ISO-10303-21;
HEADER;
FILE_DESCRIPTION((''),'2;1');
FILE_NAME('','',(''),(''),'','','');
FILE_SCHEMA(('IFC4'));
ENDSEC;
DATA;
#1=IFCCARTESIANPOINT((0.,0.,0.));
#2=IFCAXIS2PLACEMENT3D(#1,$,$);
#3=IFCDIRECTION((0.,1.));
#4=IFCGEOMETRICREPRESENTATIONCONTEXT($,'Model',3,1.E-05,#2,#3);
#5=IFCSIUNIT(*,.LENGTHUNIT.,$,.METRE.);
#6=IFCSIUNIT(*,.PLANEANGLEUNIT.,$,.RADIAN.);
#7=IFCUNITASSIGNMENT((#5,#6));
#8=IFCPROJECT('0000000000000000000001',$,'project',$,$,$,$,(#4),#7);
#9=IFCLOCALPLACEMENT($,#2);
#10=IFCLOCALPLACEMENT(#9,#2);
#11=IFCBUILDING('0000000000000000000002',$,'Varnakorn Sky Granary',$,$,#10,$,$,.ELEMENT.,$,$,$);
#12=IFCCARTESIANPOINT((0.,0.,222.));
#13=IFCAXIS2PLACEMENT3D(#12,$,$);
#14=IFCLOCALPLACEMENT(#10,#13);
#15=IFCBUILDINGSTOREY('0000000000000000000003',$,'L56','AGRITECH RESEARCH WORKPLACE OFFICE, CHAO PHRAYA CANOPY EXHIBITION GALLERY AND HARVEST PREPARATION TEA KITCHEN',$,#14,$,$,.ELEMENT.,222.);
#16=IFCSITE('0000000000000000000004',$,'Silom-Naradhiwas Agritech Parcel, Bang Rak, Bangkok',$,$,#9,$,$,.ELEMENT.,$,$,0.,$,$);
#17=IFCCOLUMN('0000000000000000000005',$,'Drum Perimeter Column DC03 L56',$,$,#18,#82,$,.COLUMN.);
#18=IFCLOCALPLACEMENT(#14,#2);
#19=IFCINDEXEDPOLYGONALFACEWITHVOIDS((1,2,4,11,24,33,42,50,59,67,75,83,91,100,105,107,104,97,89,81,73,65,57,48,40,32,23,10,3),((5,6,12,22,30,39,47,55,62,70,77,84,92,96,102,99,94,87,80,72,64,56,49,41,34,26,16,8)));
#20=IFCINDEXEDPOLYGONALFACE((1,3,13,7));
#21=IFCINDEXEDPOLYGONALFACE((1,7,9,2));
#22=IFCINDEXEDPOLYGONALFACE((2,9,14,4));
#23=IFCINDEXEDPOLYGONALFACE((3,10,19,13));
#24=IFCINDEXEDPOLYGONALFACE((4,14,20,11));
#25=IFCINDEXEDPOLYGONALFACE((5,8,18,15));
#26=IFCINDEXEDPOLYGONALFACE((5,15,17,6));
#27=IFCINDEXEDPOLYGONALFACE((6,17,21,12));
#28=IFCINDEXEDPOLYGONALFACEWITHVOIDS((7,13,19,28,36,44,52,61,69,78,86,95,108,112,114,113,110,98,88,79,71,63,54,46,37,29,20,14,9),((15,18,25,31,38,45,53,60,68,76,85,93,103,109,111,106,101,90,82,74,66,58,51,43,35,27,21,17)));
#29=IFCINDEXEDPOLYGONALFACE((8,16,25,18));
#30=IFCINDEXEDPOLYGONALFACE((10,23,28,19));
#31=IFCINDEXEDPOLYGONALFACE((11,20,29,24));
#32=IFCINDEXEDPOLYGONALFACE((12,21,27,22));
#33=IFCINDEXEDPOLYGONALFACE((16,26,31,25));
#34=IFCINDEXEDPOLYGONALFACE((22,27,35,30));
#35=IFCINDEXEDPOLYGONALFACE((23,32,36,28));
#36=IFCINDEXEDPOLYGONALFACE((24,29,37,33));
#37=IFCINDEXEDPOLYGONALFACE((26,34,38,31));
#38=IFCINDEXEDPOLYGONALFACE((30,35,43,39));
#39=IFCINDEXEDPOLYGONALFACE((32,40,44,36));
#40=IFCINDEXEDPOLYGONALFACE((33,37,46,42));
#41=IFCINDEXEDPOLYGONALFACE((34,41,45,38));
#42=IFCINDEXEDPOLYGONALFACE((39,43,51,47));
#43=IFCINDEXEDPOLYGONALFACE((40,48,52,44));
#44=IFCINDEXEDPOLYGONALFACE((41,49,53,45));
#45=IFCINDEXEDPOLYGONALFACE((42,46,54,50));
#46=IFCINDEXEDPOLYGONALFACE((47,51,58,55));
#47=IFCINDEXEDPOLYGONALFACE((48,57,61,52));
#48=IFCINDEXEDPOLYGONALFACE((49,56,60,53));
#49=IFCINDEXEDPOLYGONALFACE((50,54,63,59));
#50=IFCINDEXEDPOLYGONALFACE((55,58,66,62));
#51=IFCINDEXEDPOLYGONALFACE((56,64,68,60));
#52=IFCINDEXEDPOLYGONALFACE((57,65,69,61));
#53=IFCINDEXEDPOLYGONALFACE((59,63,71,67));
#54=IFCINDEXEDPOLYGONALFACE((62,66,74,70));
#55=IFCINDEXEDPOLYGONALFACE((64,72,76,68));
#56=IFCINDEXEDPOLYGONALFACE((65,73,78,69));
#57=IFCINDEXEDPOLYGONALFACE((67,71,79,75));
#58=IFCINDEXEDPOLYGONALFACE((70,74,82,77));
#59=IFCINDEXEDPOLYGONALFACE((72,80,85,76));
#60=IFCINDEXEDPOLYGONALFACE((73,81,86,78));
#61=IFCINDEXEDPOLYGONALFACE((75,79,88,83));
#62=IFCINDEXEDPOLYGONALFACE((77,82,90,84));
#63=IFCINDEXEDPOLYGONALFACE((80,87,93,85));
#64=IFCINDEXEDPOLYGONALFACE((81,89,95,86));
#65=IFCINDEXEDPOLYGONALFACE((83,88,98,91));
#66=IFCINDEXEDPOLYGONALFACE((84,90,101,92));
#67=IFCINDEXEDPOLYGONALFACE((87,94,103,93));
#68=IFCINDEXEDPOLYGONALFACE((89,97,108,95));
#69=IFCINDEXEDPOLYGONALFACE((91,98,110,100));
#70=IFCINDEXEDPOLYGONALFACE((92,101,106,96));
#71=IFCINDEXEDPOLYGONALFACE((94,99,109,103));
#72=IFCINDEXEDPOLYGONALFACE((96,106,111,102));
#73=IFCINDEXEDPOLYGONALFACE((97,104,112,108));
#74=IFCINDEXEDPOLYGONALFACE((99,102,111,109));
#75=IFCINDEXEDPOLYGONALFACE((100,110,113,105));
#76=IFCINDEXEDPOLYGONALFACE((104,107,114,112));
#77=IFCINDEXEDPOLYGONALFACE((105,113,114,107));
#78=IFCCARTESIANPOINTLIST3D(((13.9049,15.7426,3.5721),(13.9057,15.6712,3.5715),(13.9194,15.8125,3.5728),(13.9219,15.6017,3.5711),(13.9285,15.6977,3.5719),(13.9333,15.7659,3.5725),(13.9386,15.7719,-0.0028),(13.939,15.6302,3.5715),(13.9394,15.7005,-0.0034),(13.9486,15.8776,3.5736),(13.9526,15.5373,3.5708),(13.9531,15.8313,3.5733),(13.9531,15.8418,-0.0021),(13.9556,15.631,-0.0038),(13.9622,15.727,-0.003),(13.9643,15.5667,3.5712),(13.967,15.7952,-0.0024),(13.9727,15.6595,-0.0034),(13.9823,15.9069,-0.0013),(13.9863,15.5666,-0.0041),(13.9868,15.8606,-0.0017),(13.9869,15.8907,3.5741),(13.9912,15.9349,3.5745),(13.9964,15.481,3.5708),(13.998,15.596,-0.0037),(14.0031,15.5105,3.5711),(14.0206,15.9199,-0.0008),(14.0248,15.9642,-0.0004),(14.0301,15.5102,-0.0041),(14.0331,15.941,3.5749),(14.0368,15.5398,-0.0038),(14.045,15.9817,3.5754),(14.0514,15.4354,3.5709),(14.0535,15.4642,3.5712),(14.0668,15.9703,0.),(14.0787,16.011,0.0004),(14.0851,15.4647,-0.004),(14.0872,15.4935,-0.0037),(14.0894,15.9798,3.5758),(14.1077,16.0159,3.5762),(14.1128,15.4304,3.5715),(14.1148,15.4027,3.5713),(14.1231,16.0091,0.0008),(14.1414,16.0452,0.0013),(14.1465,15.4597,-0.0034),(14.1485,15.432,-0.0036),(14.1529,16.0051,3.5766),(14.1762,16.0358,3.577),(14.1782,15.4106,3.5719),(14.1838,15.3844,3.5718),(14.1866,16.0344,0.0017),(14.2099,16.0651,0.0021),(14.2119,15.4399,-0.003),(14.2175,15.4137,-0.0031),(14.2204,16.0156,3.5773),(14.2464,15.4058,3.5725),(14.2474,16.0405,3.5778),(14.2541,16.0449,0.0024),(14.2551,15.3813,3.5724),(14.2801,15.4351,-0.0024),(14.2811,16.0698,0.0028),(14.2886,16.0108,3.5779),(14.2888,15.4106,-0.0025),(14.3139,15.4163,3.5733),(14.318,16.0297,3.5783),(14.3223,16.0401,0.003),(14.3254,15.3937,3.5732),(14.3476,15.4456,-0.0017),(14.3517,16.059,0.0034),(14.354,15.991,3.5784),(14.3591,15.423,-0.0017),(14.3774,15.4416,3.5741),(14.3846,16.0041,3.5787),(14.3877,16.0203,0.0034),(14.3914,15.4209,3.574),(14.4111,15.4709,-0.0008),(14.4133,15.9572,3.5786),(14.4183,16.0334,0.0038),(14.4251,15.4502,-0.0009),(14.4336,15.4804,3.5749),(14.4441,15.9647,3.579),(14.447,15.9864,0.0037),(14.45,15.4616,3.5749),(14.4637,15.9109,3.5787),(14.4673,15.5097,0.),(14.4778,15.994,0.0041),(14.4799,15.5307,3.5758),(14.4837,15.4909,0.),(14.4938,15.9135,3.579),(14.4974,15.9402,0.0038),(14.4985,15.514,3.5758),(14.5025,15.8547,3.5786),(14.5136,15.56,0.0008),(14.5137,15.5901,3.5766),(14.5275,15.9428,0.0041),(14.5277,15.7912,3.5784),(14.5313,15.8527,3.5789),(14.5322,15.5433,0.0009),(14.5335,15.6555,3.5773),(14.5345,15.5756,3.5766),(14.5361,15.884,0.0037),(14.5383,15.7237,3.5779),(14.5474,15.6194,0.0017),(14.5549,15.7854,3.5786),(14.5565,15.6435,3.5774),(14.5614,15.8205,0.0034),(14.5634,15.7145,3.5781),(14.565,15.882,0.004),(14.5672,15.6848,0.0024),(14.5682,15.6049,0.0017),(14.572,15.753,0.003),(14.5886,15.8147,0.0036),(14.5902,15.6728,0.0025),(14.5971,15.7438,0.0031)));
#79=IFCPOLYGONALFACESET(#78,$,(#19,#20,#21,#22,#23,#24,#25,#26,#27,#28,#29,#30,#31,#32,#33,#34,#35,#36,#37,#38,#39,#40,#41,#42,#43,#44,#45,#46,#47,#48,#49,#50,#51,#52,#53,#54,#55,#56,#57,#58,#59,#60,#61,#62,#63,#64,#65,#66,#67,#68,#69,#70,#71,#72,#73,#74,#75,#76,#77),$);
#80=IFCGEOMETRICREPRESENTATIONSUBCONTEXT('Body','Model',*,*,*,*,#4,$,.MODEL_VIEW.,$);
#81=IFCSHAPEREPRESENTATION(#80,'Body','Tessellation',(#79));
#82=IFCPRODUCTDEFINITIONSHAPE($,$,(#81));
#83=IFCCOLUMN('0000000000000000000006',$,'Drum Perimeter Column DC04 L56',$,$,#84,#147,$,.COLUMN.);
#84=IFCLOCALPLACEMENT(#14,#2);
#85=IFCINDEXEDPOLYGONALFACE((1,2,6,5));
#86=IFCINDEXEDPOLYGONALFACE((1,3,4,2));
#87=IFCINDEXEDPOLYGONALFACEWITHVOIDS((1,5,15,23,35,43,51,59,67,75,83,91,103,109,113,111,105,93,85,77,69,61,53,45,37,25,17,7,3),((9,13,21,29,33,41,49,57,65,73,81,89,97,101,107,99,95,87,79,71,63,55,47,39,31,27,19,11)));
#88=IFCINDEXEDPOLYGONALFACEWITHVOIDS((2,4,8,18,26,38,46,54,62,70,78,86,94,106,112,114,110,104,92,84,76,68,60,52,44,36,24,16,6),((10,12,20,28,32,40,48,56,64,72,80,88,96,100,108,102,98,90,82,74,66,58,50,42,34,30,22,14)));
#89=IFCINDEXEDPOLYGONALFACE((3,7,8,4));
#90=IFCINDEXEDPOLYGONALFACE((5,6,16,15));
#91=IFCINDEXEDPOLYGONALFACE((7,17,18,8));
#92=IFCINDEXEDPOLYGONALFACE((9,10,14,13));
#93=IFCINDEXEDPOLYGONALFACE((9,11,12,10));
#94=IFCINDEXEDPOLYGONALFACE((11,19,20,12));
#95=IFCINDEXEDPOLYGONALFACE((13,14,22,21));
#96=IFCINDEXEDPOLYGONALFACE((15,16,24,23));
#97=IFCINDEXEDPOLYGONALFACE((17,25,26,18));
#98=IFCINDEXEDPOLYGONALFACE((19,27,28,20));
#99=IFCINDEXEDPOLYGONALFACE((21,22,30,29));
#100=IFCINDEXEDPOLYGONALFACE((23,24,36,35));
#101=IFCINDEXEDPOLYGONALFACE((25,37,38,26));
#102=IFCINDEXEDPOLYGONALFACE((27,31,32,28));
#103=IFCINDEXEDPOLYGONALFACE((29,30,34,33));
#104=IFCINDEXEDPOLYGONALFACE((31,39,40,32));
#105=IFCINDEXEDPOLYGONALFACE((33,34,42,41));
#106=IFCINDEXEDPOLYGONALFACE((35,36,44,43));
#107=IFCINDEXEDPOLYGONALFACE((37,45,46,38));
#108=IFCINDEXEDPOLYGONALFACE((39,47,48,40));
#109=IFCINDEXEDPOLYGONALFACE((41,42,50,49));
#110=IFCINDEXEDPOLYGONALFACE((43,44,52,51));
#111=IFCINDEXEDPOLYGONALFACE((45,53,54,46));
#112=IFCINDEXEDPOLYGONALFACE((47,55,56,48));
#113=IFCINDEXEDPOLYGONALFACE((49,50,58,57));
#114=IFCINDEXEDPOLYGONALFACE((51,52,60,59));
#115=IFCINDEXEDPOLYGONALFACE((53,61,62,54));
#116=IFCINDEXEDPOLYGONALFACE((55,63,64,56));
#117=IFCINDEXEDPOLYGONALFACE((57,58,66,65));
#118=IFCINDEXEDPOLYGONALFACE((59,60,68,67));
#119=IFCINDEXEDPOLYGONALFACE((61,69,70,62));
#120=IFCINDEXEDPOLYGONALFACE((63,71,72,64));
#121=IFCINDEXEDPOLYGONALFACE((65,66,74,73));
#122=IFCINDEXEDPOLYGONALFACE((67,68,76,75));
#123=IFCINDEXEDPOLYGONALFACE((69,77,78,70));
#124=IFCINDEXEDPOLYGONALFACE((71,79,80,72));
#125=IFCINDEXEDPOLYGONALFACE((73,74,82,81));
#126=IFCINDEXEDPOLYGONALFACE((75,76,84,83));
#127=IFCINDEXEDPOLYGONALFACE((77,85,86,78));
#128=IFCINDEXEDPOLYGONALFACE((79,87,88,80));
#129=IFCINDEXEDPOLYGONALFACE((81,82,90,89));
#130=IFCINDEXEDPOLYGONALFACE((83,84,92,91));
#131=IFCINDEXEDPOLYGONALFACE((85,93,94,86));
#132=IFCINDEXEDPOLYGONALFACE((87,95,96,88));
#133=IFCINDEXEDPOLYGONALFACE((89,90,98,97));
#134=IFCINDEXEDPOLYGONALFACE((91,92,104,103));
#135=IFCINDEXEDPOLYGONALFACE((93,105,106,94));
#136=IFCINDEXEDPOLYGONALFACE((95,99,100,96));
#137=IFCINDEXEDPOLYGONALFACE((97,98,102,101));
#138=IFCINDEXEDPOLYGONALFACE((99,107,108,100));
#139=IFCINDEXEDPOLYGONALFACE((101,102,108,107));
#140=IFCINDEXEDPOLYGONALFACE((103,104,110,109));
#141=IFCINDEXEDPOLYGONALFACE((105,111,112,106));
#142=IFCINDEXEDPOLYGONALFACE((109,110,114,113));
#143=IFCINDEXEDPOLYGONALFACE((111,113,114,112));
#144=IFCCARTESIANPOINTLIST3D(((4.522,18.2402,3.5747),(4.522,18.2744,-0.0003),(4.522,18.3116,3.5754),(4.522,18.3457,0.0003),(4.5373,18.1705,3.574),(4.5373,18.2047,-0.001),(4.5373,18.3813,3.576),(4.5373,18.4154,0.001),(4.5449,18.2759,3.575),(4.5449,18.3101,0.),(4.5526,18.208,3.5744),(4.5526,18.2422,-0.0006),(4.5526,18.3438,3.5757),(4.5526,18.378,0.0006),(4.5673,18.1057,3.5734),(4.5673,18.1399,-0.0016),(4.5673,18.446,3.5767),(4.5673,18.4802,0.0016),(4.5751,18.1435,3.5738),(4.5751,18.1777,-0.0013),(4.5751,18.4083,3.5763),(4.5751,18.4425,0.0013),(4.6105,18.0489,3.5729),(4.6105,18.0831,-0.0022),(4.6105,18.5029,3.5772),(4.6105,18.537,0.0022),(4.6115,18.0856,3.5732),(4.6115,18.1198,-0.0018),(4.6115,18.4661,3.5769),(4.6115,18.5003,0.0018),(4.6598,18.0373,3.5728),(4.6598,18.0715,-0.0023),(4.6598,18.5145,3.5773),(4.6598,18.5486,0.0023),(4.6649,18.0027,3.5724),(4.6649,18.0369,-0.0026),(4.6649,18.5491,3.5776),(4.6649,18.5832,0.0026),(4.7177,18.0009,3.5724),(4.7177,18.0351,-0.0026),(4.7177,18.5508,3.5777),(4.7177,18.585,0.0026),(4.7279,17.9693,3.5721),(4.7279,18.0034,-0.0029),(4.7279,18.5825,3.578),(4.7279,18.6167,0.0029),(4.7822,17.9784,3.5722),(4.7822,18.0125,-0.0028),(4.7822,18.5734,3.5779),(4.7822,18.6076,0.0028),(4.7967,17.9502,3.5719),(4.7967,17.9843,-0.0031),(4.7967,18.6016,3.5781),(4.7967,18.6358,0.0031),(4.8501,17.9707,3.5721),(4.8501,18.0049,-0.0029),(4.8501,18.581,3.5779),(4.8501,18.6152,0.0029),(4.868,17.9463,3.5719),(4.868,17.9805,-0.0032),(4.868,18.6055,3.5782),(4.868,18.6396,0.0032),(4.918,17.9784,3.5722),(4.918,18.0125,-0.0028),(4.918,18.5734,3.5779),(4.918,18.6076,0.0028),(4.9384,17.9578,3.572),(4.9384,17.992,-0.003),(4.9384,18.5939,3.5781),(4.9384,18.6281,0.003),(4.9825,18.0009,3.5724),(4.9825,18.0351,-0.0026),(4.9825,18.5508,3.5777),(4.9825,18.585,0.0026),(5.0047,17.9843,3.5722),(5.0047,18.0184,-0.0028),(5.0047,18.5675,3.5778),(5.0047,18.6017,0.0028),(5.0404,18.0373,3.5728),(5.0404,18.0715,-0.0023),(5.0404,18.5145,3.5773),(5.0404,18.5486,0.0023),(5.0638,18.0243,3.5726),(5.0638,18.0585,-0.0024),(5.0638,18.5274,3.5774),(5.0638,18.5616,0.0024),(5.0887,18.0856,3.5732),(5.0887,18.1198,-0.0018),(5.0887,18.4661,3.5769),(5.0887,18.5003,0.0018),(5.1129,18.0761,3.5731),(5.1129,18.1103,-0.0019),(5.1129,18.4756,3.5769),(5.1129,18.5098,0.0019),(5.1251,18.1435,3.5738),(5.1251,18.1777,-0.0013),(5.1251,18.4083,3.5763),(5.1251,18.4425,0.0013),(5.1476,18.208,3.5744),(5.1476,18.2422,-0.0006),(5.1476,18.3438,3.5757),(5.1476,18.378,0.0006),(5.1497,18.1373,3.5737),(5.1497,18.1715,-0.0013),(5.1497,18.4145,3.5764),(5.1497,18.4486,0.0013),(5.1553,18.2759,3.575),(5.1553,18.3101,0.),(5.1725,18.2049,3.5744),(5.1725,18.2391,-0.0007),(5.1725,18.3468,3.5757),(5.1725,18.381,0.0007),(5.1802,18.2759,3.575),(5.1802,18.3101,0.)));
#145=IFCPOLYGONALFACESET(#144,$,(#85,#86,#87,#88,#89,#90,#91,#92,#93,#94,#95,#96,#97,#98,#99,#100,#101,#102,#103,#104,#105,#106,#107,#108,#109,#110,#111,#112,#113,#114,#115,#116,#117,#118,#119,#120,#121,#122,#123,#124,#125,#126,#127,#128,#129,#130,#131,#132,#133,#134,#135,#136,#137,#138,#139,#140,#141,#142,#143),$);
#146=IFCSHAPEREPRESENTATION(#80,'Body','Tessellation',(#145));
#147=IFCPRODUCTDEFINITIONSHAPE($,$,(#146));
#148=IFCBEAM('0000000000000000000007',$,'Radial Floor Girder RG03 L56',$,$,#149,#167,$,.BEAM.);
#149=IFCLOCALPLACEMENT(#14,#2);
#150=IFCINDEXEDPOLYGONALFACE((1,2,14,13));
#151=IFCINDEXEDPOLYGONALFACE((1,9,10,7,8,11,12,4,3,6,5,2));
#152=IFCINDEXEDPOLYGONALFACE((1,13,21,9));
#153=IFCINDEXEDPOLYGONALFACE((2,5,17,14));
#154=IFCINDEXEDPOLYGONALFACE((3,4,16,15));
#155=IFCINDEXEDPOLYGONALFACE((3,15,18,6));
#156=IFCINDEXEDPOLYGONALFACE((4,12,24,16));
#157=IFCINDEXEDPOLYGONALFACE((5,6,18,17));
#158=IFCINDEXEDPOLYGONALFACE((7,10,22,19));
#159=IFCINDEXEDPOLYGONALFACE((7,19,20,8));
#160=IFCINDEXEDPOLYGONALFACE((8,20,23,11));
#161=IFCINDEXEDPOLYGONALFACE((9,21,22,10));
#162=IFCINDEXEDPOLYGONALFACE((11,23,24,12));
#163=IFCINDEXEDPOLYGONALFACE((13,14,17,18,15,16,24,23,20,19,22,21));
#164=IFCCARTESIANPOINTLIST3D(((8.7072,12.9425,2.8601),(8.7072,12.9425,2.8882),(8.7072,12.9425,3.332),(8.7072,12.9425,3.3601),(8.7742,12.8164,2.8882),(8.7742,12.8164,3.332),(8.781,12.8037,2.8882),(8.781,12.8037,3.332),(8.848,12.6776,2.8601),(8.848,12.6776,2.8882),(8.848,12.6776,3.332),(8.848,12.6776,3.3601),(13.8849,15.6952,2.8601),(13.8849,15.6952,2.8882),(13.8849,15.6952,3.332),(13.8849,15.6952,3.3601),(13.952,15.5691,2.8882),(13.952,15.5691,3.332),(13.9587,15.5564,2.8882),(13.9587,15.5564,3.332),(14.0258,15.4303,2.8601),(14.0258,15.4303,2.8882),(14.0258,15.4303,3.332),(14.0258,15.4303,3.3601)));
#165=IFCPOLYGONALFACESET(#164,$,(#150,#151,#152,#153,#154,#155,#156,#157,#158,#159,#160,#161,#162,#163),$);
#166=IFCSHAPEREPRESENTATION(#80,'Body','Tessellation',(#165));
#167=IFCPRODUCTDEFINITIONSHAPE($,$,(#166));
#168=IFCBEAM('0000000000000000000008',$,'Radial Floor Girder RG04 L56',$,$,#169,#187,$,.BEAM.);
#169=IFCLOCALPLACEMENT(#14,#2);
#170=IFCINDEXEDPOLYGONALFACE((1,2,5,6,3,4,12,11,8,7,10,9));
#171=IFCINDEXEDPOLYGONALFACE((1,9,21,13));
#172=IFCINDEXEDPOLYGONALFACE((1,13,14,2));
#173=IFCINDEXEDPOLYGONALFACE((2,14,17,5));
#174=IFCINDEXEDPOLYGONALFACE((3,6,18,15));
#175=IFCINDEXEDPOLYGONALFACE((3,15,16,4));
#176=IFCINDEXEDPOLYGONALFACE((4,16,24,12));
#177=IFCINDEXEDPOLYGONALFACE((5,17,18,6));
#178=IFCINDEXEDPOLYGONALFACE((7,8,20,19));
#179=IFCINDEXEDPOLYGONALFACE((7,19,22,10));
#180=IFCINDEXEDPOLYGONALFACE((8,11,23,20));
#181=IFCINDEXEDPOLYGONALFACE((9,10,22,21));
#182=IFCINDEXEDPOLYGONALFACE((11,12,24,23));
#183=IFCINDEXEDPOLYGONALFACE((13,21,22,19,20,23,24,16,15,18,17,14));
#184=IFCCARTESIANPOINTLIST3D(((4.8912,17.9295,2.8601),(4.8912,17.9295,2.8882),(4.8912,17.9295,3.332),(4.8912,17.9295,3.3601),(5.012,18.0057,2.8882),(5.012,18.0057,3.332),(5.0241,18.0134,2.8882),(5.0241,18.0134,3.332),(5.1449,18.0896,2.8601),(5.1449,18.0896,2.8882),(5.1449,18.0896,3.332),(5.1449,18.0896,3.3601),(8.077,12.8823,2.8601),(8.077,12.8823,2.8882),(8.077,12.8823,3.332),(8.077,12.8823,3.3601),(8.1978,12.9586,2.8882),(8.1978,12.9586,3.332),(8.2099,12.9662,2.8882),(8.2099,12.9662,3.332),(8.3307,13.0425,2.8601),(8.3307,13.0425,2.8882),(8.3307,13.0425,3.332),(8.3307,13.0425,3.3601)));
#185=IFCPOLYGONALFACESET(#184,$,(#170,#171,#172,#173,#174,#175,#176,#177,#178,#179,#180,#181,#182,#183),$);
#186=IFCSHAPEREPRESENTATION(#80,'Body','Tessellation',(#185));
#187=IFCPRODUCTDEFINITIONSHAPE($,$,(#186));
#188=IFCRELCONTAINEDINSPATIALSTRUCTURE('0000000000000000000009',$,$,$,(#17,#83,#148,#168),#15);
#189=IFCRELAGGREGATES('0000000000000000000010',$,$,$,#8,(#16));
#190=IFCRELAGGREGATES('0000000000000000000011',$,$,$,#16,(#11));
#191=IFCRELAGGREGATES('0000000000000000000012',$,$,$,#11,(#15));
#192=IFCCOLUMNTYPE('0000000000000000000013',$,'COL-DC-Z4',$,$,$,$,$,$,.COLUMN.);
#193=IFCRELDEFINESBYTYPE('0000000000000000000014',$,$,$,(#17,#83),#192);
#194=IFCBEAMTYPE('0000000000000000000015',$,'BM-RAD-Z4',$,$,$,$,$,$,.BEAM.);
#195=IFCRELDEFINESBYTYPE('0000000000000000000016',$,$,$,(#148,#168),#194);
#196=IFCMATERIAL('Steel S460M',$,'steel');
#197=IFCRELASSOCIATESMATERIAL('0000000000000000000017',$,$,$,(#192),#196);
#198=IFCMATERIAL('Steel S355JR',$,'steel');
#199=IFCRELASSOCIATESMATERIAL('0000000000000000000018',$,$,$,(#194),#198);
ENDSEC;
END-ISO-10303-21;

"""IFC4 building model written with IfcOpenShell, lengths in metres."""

from ifc_helpers import new_model, si_unit, direction, frame, origin, origin_2d, place, context, subcontext, project, spatial, hollow_circle, i_section, extrude, material, material_profile, profile_set, type_object, element, save


model = new_model("IFC4")

# Units and contexts
model_context = context("Model", 3, precision=1e-05, world=origin(), true_north=direction((0.0, 1.0)))
body_context = subcontext(model_context, "Body", "Model", "MODEL_VIEW")
ifc_project = project(units=[si_unit("LENGTHUNIT", "METRE"), si_unit("PLANEANGLEUNIT", "RADIAN")], contexts=[model_context])

# Site, building, storey
site_placement = place(None, origin())
site = spatial("IfcSite", under=ifc_project, at=site_placement, Name="Silom-Naradhiwas Agritech Parcel, Bang Rak, Bangkok", CompositionType="ELEMENT", RefElevation=0.0)
building_placement = place(site_placement, origin())
building = spatial("IfcBuilding", under=site, at=building_placement, Name="Varnakorn Sky Granary", CompositionType="ELEMENT")
storey_placement = place(building_placement, frame((0.0, 0.0, 222.0)))
storey = spatial("IfcBuildingStorey", under=building, at=storey_placement, Name="L56", Description="AGRITECH RESEARCH WORKPLACE OFFICE, CHAO PHRAYA CANOPY EXHIBITION GALLERY AND HARVEST PREPARATION TEA KITCHEN", CompositionType="ELEMENT", Elevation=222.0)

# Columns
ifc_material_1 = material(Name="Steel S460M", Category="steel")
ifc_material_profile_1 = material_profile(ifc_material_1, hollow_circle(Radius=0.3301, WallThickness=0.0249, at=origin_2d()), Name="CHS 660x25")
ifc_profile_set_1 = profile_set([ifc_material_profile_1], Name="Steel S460M")
column_type = type_object("IfcColumnType", Name="COL-DC-Z4", PredefinedType="COLUMN", material=ifc_profile_set_1)
for number, where, z_axis, x_axis, name in (
    (1, (14.2671, 15.74, 0.0), (-0.009424, -0.008194, 0.999922), (0.656179, -0.754606, 0.0), "Drum Perimeter Column DC03 L56"),
    (2, (4.8501, 18.3101, 0.0), (0.0, -0.00956, 0.999954), (1.0, 0.0, 0.0), "Drum Perimeter Column DC04 L56"),
):
    element("IfcColumn", number, at=place(storey_placement, frame(where, z_axis=z_axis, x_axis=x_axis)), inside=storey, type_object=column_type, Name=name, PredefinedType="COLUMN", context=body_context, shape_type="SweptSolid", body=[
        extrude(hollow_circle(Radius=0.3301, WallThickness=0.0249, at=origin_2d()), origin(), (0.0, 0.0, 1.0), 3.5752),
    ])

# Beams
ifc_material_2 = material(Name="Steel S355JR", Category="steel")
ifc_material_profile_2 = material_profile(ifc_material_2, i_section(OverallWidth=0.3, OverallDepth=0.5, WebThickness=0.0144, FlangeThickness=0.0281, at=origin_2d()), Name="HE 500 B")
ifc_profile_set_2 = profile_set([ifc_material_profile_2], Name="Steel S355JR")
beam_type_1 = type_object("IfcBeamType", Name="BM-RAD-Z4", PredefinedType="BEAM", material=ifc_profile_set_2)
beam_1_placement = place(storey_placement, frame((8.7776, 12.8101, 3.1101), z_axis=(0.882973, 0.469423, 0.0), x_axis=(-0.469423, 0.882973, 0.0)))
element("IfcBeam", 3, at=beam_1_placement, inside=storey, type_object=beam_type_1, Name="Radial Floor Girder RG03 L56", PredefinedType="BEAM", context=body_context, shape_type="SweptSolid", body=[
    extrude(i_section(OverallWidth=0.3, OverallDepth=0.5, WebThickness=0.0144, FlangeThickness=0.0281, at=origin_2d()), origin(), (0.0, 0.0, 1.0), 5.864),
])
beam_2_placement = place(storey_placement, frame((8.2039, 12.9624, 3.1101), z_axis=(-0.53377, 0.84563, 0.0), x_axis=(-0.84563, -0.53377, 0.0)))
element("IfcBeam", 4, at=beam_2_placement, inside=storey, type_object=beam_type_1, Name="Radial Floor Girder RG04 L56", PredefinedType="BEAM", context=body_context, shape_type="SweptSolid", body=[
    extrude(i_section(OverallWidth=0.3, OverallDepth=0.5, WebThickness=0.0144, FlangeThickness=0.0281, at=origin_2d()), origin(), (0.0, 0.0, 1.0), 5.9685),
])

save(model, "model.ifc")
